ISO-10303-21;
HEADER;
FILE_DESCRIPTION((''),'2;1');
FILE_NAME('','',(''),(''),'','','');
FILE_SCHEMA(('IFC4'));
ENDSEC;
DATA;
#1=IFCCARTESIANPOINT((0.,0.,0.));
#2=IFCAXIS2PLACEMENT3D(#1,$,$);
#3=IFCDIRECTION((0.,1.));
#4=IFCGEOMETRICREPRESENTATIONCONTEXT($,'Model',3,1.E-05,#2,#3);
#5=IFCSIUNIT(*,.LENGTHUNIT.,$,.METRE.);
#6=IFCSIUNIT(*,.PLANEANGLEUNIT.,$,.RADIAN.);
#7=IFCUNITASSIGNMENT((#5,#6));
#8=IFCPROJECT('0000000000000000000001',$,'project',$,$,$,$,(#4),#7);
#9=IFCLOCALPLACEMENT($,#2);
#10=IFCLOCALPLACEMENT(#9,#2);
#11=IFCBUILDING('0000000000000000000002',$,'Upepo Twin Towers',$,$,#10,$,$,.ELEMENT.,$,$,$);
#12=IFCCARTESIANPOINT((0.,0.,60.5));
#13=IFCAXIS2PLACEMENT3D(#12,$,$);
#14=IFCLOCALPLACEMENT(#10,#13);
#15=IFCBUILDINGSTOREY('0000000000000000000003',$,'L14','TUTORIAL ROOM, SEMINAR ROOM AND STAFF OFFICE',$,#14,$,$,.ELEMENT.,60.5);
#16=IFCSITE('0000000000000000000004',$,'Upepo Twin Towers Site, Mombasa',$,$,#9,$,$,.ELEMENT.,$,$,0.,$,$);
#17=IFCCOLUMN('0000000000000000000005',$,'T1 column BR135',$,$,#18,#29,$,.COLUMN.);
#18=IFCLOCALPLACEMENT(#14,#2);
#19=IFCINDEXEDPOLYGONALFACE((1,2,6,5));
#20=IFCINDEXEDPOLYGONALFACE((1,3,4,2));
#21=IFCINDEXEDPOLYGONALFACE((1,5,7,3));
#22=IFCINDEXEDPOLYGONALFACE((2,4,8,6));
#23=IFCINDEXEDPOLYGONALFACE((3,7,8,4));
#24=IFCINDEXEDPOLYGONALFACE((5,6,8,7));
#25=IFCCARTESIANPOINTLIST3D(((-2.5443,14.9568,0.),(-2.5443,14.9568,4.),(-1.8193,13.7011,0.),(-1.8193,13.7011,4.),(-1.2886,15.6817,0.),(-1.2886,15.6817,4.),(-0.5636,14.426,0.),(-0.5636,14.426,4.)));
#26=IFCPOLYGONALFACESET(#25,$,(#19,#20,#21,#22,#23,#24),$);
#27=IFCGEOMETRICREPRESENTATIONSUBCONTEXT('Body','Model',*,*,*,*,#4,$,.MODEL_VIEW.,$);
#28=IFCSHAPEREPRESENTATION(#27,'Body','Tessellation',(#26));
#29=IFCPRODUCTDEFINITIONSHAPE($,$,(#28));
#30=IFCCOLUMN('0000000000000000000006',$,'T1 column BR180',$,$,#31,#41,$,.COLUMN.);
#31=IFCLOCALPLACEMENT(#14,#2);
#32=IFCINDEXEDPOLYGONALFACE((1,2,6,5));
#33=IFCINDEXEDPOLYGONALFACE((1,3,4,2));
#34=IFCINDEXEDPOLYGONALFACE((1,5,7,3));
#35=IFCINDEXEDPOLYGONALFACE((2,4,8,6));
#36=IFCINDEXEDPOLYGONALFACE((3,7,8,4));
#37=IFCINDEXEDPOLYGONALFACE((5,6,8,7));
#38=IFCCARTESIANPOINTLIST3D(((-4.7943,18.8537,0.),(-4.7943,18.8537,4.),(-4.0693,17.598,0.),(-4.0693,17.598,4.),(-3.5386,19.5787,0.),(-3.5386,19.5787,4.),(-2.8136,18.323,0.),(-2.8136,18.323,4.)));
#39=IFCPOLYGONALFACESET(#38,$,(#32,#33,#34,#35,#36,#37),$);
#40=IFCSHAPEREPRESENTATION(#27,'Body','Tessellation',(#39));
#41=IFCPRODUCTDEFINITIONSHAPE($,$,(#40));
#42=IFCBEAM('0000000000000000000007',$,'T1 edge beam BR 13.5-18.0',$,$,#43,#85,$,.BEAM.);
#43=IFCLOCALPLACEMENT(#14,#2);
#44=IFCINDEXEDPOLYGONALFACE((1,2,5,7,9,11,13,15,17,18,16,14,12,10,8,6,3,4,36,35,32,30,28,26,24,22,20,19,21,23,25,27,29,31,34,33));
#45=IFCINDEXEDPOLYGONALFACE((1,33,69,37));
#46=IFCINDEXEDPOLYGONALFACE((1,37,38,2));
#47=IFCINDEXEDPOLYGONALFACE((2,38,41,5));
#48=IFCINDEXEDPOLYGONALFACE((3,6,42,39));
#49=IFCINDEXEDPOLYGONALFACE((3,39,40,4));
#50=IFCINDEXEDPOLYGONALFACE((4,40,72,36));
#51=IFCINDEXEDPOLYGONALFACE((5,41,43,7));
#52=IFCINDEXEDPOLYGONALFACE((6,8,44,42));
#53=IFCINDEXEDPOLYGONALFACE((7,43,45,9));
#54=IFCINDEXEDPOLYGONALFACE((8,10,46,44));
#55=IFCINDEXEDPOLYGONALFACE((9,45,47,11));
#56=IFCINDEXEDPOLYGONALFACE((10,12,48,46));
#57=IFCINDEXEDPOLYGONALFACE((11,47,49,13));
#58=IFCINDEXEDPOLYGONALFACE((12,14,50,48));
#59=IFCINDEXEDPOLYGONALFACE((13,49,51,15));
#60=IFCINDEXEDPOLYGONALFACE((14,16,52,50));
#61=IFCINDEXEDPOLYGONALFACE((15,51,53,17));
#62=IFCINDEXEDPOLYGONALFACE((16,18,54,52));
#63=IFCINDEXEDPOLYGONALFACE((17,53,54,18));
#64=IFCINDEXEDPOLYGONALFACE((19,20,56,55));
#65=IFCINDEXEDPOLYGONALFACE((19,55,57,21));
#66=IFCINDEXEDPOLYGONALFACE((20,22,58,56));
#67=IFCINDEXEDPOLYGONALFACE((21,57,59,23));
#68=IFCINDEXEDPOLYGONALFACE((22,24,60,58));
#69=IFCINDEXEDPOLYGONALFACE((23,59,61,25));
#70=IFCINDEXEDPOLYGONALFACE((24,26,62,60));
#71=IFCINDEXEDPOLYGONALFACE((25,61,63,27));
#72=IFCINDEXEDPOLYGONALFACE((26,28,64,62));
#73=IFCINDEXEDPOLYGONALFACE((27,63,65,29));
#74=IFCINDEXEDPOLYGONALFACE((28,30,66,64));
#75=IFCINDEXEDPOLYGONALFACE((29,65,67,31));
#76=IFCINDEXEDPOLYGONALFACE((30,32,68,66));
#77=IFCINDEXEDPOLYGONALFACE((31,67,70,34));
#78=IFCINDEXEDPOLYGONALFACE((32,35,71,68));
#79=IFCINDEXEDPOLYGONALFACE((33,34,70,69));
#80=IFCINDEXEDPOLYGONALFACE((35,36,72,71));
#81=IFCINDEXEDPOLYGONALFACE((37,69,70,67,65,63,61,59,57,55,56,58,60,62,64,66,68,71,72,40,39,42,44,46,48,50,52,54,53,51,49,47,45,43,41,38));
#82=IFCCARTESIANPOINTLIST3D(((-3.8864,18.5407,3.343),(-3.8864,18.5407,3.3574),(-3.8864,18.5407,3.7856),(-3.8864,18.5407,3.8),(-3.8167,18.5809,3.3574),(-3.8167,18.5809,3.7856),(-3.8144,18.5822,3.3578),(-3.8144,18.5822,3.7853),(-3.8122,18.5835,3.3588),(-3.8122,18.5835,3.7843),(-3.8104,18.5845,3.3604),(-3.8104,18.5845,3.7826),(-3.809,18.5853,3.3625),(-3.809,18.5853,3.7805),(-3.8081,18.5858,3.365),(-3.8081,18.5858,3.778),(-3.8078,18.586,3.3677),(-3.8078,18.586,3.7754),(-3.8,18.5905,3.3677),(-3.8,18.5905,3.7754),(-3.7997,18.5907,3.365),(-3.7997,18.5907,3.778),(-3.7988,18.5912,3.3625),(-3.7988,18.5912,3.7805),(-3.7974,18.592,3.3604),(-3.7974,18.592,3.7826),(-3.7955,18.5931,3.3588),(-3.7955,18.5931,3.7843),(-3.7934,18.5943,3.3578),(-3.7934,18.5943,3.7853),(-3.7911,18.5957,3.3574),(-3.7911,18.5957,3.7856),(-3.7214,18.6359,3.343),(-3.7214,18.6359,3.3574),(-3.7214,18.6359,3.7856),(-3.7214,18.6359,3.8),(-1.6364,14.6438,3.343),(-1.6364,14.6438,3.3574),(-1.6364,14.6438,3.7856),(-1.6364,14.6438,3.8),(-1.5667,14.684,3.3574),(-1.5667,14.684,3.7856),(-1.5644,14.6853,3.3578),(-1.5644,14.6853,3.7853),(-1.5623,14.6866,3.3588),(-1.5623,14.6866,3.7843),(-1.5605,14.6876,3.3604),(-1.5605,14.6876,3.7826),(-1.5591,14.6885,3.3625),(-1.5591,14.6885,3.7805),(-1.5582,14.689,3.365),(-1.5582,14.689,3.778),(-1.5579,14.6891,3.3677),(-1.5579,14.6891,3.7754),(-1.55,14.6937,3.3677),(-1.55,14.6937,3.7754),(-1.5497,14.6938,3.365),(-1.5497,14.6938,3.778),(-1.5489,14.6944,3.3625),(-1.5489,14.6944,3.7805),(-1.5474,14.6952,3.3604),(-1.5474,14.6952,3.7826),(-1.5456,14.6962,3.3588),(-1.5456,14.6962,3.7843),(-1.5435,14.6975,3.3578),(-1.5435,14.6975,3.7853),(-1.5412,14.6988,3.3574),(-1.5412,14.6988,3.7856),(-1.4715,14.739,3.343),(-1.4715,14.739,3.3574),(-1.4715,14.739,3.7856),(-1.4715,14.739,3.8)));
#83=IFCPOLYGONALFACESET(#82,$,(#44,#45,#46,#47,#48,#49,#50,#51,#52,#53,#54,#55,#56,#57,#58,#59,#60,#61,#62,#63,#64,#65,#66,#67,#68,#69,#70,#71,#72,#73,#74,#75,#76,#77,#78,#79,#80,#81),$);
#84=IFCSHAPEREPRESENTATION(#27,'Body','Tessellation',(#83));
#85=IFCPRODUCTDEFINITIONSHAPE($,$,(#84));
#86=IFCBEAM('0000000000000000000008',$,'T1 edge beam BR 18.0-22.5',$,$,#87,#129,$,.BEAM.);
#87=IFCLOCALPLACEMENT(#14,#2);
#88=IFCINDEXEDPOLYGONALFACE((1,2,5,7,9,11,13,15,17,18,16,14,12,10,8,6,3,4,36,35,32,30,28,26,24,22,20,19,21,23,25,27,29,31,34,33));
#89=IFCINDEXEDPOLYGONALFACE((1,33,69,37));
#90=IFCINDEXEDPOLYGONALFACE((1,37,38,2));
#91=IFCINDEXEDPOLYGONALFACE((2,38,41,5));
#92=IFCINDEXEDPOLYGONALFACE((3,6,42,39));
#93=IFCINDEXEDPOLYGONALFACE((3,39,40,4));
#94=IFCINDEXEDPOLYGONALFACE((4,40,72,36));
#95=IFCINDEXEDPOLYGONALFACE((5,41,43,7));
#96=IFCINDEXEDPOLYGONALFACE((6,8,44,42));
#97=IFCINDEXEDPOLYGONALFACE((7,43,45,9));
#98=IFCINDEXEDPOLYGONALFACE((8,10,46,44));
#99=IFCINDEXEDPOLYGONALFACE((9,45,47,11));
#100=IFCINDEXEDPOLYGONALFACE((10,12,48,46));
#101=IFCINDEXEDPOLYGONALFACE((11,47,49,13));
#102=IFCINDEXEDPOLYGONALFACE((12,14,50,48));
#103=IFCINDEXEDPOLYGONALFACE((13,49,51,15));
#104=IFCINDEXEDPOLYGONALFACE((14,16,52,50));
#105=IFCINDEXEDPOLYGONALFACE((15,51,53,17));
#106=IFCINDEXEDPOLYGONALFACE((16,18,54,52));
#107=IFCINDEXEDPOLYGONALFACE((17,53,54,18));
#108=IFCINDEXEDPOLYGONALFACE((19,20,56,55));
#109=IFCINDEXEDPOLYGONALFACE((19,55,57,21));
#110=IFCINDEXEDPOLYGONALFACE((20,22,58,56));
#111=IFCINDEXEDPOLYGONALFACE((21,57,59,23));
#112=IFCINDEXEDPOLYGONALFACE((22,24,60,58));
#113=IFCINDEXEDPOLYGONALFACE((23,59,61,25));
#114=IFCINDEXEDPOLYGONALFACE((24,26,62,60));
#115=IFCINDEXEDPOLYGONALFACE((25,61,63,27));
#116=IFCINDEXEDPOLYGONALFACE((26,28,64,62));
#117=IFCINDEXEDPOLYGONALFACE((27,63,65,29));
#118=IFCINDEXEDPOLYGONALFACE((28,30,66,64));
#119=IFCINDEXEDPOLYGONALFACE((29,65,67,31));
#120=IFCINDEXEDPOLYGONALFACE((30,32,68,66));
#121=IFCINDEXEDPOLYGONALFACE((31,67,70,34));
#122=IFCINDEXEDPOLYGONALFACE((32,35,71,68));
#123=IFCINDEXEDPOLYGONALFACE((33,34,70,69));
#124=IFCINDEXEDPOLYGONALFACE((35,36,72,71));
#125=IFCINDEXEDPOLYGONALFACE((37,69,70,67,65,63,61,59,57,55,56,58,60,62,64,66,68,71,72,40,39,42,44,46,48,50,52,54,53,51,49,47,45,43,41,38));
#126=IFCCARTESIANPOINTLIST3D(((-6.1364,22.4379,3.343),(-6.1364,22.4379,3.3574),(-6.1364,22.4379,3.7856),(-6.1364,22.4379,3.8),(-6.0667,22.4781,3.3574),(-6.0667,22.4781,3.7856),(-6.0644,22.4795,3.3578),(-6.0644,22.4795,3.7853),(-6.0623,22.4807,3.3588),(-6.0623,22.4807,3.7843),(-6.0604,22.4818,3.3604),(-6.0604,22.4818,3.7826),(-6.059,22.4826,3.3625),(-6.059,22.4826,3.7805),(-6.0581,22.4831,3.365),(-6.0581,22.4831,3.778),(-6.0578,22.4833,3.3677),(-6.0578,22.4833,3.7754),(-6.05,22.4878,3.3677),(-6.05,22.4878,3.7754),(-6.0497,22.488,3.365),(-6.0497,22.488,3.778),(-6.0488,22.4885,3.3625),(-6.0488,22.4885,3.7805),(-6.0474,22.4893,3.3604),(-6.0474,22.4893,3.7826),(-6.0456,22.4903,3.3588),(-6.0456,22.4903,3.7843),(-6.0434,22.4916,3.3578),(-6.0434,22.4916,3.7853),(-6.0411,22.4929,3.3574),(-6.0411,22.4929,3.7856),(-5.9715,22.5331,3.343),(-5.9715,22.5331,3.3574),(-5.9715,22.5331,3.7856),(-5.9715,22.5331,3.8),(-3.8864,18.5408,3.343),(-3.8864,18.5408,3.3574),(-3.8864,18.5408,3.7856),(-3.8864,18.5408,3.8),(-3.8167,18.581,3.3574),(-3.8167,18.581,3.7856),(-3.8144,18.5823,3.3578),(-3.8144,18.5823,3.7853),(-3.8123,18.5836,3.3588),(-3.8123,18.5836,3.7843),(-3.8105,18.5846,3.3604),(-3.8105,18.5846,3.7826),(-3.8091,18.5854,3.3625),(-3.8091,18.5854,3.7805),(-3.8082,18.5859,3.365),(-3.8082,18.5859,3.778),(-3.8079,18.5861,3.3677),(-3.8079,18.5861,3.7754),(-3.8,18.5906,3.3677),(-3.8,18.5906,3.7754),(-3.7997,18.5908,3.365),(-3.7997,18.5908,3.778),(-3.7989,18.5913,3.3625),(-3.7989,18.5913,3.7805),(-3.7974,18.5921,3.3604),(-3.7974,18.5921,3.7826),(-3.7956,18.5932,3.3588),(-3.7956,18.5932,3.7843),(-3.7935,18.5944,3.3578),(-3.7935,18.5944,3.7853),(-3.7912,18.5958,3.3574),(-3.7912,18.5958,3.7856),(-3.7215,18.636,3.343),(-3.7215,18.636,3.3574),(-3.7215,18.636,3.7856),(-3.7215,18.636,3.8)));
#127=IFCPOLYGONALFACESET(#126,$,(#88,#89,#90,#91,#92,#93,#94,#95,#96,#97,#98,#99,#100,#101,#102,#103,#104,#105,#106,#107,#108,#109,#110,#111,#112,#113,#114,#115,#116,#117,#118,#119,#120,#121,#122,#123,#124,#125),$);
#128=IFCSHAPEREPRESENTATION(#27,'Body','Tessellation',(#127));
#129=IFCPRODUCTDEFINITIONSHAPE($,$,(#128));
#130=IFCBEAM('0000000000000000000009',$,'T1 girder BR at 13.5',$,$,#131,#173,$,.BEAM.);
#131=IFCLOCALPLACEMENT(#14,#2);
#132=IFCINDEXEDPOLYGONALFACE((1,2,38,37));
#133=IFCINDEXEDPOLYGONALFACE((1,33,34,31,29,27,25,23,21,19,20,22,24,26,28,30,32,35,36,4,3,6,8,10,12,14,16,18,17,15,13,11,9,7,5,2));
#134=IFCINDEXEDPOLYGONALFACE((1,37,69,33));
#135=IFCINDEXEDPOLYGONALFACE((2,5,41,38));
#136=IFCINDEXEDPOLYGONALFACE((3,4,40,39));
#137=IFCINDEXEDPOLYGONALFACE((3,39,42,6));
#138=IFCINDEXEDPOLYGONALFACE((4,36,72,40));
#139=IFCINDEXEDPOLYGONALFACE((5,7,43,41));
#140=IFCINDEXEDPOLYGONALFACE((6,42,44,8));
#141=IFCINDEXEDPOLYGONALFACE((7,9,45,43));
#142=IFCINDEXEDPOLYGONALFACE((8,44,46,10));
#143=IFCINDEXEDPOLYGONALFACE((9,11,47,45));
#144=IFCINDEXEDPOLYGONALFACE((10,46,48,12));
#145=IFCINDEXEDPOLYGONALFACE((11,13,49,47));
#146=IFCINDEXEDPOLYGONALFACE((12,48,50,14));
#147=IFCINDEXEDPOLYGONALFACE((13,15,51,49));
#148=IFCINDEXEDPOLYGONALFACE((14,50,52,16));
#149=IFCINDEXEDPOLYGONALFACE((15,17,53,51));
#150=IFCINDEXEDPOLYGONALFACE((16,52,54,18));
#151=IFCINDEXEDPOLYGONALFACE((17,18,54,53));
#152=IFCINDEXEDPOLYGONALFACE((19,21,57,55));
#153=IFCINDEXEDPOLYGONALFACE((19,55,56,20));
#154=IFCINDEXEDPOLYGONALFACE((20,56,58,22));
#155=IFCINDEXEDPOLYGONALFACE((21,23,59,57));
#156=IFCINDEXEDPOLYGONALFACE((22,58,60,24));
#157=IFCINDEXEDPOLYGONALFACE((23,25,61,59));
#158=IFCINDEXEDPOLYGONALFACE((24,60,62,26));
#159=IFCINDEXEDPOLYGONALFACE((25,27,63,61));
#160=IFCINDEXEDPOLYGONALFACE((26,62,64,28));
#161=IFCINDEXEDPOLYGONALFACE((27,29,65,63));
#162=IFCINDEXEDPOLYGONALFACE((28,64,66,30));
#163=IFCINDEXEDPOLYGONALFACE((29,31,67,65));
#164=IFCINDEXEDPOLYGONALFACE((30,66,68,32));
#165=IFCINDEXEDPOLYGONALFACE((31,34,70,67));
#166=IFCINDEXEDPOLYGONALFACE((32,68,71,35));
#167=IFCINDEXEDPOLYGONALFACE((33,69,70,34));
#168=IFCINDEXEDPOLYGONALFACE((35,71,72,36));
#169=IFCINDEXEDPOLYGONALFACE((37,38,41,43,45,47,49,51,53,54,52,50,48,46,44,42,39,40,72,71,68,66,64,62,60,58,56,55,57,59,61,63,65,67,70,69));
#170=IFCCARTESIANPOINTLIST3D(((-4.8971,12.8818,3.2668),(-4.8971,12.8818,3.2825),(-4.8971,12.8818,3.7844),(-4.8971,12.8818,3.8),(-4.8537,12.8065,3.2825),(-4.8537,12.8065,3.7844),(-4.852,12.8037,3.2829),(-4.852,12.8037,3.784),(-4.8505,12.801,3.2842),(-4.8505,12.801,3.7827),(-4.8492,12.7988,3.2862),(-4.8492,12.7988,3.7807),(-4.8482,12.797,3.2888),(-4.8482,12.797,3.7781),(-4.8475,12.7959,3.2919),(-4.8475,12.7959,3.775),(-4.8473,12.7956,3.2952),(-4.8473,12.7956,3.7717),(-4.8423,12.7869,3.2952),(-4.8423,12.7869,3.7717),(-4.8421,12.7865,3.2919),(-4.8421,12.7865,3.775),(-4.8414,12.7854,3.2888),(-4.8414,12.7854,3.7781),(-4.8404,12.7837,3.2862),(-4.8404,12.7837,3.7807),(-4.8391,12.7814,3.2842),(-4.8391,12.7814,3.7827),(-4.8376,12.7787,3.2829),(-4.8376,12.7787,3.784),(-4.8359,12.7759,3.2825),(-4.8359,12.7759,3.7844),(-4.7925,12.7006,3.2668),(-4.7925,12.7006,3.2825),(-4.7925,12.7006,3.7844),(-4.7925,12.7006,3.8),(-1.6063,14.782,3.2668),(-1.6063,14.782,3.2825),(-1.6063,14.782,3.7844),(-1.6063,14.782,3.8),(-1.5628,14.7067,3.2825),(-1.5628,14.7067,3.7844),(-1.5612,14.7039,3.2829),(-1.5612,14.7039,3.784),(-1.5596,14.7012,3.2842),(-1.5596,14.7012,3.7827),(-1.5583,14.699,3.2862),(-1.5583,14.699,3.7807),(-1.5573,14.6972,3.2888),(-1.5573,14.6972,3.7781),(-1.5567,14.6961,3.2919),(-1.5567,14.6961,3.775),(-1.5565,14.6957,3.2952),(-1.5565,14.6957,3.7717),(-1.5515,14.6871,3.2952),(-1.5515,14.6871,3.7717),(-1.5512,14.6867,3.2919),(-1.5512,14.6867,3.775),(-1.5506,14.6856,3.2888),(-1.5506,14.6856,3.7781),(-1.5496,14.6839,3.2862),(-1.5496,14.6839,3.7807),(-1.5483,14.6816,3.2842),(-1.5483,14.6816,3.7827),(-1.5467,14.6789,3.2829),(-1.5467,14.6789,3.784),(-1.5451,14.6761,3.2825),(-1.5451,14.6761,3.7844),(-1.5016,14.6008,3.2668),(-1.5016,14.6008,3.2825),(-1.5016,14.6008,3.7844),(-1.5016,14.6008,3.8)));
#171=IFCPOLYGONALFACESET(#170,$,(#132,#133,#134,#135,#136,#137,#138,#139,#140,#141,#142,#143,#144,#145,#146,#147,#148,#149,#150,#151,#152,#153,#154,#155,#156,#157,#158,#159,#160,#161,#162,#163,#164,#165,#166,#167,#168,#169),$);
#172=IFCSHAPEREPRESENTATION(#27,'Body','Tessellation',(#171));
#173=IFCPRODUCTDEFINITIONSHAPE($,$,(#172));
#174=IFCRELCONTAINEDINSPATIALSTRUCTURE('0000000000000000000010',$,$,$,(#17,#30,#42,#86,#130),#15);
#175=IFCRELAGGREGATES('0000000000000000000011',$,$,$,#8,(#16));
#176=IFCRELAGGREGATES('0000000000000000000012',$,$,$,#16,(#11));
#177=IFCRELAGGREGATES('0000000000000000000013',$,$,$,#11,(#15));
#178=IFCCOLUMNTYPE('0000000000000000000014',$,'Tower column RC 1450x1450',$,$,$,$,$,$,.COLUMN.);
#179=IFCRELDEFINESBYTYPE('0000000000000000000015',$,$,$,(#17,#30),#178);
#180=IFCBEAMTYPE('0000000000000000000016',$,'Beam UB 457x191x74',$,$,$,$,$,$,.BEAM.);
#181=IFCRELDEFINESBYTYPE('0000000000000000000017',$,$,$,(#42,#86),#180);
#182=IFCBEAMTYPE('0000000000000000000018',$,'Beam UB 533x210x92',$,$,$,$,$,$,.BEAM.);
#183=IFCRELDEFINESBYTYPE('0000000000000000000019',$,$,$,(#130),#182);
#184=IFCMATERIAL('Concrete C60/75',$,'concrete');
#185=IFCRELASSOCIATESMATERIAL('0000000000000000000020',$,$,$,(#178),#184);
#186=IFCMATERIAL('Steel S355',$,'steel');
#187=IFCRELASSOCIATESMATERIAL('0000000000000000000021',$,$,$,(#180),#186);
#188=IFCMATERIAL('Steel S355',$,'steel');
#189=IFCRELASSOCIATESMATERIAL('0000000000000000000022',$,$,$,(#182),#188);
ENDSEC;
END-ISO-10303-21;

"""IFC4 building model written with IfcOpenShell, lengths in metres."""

from ifc_helpers import new_model, si_unit, direction, frame, origin, origin_2d, place, context, subcontext, project, spatial, rectangle, i_section, extrude, material, material_profile, profile_set, type_object, element, save


model = new_model("IFC4")

# Units and contexts
model_context = context("Model", 3, precision=1e-05, world=origin(), true_north=direction((0.0, 1.0)))
body_context = subcontext(model_context, "Body", "Model", "MODEL_VIEW")
ifc_project = project(units=[si_unit("LENGTHUNIT", "METRE"), si_unit("PLANEANGLEUNIT", "RADIAN")], contexts=[model_context])

# Site, building, storey
site_placement = place(None, origin())
site = spatial("IfcSite", under=ifc_project, at=site_placement, Name="Upepo Twin Towers Site, Mombasa", CompositionType="ELEMENT", RefElevation=0.0)
building_placement = place(site_placement, origin())
building = spatial("IfcBuilding", under=site, at=building_placement, Name="Upepo Twin Towers", CompositionType="ELEMENT")
storey_placement = place(building_placement, frame((0.0, 0.0, 60.5)))
storey = spatial("IfcBuildingStorey", under=building, at=storey_placement, Name="L14", Description="TUTORIAL ROOM, SEMINAR ROOM AND STAFF OFFICE", CompositionType="ELEMENT", Elevation=60.5)

# Columns
ifc_material_1 = material(Name="Concrete C60/75", Category="concrete")
ifc_material_profile_1 = material_profile(ifc_material_1, rectangle(XDim=1.45, YDim=1.45, at=origin_2d()), Name="RC 1450x1450")
ifc_profile_set_1 = profile_set([ifc_material_profile_1], Name="Concrete C60/75")
column_type = type_object("IfcColumnType", Name="Tower column RC 1450x1450", PredefinedType="COLUMN", material=ifc_profile_set_1)
for number, where, z_axis, x_axis, name in (
    (1, (-1.554, 14.6914, 0.0), (0.0, 0.0, 1.0), (0.866025, 0.5, 0.0), "T1 column BR135"),
    (2, (-3.804, 18.5884, 0.0), (0.0, 0.0, 1.0), (0.866025, 0.5, 0.0), "T1 column BR180"),
):
    element("IfcColumn", number, at=place(storey_placement, frame(where, z_axis=z_axis, x_axis=x_axis)), inside=storey, type_object=column_type, Name=name, PredefinedType="COLUMN", context=body_context, shape_type="SweptSolid", body=[
        extrude(rectangle(XDim=1.45, YDim=1.45, at=origin_2d()), origin(), (0.0, 0.0, 1.0), 4.0),
    ])

# Beams
ifc_material_2 = material(Name="Steel S355", Category="steel")
ifc_material_profile_2 = material_profile(ifc_material_2, i_section(OverallWidth=0.1904, OverallDepth=0.457, WebThickness=0.009, FlangeThickness=0.0144, FilletRadius=0.0103, at=origin_2d()), Name="UB 457x191x74")
ifc_profile_set_2 = profile_set([ifc_material_profile_2], Name="Steel S355")
beam_type_1 = type_object("IfcBeamType", Name="Beam UB 457x191x74", PredefinedType="BEAM", material=ifc_profile_set_2)
beam_1_placement = place(storey_placement, frame((-1.554, 14.6914, 3.5715), z_axis=(-0.500014, 0.866018, 0.0), x_axis=(-0.866018, -0.500014, 0.0)))
element("IfcBeam", 3, at=beam_1_placement, inside=storey, type_object=beam_type_1, Name="T1 edge beam BR 13.5-18.0", PredefinedType="BEAM", context=body_context, shape_type="SweptSolid", body=[
    extrude(i_section(OverallWidth=0.1904, OverallDepth=0.457, WebThickness=0.009, FlangeThickness=0.0144, FilletRadius=0.0103, at=origin_2d()), origin(), (0.0, 0.0, 1.0), 4.4998),
])
beam_2_placement = place(storey_placement, frame((-3.804, 18.5884, 3.5715), z_axis=(-0.49999, 0.866031, 0.0), x_axis=(-0.866031, -0.49999, 0.0)))
element("IfcBeam", 4, at=beam_2_placement, inside=storey, type_object=beam_type_1, Name="T1 edge beam BR 18.0-22.5", PredefinedType="BEAM", context=body_context, shape_type="SweptSolid", body=[
    extrude(i_section(OverallWidth=0.1904, OverallDepth=0.457, WebThickness=0.009, FlangeThickness=0.0144, FilletRadius=0.0103, at=origin_2d()), origin(), (0.0, 0.0, 1.0), 4.5),
])
ifc_material_3 = material(Name="Steel S355", Category="steel")
ifc_material_profile_3 = material_profile(ifc_material_3, i_section(OverallWidth=0.2092, OverallDepth=0.5332, WebThickness=0.01, FlangeThickness=0.0156, FilletRadius=0.0127, at=origin_2d()), Name="UB 533x210x92")
ifc_profile_set_3 = profile_set([ifc_material_profile_3], Name="Steel S355")
beam_type_2 = type_object("IfcBeamType", Name="Beam UB 533x210x92", PredefinedType="BEAM", material=ifc_profile_set_3)
beam_3_placement = place(storey_placement, frame((-1.554, 14.6914, 3.5334), z_axis=(-0.866, -0.500043, 0.0), x_axis=(0.500043, -0.866, 0.0)))
element("IfcBeam", 5, at=beam_3_placement, inside=storey, type_object=beam_type_2, Name="T1 girder BR at 13.5", PredefinedType="BEAM", context=body_context, shape_type="SweptSolid", body=[
    extrude(i_section(OverallWidth=0.2092, OverallDepth=0.5332, WebThickness=0.01, FlangeThickness=0.0156, FilletRadius=0.0127, at=origin_2d()), origin(), (0.0, 0.0, 1.0), 3.8),
])

save(model, "model.ifc")
